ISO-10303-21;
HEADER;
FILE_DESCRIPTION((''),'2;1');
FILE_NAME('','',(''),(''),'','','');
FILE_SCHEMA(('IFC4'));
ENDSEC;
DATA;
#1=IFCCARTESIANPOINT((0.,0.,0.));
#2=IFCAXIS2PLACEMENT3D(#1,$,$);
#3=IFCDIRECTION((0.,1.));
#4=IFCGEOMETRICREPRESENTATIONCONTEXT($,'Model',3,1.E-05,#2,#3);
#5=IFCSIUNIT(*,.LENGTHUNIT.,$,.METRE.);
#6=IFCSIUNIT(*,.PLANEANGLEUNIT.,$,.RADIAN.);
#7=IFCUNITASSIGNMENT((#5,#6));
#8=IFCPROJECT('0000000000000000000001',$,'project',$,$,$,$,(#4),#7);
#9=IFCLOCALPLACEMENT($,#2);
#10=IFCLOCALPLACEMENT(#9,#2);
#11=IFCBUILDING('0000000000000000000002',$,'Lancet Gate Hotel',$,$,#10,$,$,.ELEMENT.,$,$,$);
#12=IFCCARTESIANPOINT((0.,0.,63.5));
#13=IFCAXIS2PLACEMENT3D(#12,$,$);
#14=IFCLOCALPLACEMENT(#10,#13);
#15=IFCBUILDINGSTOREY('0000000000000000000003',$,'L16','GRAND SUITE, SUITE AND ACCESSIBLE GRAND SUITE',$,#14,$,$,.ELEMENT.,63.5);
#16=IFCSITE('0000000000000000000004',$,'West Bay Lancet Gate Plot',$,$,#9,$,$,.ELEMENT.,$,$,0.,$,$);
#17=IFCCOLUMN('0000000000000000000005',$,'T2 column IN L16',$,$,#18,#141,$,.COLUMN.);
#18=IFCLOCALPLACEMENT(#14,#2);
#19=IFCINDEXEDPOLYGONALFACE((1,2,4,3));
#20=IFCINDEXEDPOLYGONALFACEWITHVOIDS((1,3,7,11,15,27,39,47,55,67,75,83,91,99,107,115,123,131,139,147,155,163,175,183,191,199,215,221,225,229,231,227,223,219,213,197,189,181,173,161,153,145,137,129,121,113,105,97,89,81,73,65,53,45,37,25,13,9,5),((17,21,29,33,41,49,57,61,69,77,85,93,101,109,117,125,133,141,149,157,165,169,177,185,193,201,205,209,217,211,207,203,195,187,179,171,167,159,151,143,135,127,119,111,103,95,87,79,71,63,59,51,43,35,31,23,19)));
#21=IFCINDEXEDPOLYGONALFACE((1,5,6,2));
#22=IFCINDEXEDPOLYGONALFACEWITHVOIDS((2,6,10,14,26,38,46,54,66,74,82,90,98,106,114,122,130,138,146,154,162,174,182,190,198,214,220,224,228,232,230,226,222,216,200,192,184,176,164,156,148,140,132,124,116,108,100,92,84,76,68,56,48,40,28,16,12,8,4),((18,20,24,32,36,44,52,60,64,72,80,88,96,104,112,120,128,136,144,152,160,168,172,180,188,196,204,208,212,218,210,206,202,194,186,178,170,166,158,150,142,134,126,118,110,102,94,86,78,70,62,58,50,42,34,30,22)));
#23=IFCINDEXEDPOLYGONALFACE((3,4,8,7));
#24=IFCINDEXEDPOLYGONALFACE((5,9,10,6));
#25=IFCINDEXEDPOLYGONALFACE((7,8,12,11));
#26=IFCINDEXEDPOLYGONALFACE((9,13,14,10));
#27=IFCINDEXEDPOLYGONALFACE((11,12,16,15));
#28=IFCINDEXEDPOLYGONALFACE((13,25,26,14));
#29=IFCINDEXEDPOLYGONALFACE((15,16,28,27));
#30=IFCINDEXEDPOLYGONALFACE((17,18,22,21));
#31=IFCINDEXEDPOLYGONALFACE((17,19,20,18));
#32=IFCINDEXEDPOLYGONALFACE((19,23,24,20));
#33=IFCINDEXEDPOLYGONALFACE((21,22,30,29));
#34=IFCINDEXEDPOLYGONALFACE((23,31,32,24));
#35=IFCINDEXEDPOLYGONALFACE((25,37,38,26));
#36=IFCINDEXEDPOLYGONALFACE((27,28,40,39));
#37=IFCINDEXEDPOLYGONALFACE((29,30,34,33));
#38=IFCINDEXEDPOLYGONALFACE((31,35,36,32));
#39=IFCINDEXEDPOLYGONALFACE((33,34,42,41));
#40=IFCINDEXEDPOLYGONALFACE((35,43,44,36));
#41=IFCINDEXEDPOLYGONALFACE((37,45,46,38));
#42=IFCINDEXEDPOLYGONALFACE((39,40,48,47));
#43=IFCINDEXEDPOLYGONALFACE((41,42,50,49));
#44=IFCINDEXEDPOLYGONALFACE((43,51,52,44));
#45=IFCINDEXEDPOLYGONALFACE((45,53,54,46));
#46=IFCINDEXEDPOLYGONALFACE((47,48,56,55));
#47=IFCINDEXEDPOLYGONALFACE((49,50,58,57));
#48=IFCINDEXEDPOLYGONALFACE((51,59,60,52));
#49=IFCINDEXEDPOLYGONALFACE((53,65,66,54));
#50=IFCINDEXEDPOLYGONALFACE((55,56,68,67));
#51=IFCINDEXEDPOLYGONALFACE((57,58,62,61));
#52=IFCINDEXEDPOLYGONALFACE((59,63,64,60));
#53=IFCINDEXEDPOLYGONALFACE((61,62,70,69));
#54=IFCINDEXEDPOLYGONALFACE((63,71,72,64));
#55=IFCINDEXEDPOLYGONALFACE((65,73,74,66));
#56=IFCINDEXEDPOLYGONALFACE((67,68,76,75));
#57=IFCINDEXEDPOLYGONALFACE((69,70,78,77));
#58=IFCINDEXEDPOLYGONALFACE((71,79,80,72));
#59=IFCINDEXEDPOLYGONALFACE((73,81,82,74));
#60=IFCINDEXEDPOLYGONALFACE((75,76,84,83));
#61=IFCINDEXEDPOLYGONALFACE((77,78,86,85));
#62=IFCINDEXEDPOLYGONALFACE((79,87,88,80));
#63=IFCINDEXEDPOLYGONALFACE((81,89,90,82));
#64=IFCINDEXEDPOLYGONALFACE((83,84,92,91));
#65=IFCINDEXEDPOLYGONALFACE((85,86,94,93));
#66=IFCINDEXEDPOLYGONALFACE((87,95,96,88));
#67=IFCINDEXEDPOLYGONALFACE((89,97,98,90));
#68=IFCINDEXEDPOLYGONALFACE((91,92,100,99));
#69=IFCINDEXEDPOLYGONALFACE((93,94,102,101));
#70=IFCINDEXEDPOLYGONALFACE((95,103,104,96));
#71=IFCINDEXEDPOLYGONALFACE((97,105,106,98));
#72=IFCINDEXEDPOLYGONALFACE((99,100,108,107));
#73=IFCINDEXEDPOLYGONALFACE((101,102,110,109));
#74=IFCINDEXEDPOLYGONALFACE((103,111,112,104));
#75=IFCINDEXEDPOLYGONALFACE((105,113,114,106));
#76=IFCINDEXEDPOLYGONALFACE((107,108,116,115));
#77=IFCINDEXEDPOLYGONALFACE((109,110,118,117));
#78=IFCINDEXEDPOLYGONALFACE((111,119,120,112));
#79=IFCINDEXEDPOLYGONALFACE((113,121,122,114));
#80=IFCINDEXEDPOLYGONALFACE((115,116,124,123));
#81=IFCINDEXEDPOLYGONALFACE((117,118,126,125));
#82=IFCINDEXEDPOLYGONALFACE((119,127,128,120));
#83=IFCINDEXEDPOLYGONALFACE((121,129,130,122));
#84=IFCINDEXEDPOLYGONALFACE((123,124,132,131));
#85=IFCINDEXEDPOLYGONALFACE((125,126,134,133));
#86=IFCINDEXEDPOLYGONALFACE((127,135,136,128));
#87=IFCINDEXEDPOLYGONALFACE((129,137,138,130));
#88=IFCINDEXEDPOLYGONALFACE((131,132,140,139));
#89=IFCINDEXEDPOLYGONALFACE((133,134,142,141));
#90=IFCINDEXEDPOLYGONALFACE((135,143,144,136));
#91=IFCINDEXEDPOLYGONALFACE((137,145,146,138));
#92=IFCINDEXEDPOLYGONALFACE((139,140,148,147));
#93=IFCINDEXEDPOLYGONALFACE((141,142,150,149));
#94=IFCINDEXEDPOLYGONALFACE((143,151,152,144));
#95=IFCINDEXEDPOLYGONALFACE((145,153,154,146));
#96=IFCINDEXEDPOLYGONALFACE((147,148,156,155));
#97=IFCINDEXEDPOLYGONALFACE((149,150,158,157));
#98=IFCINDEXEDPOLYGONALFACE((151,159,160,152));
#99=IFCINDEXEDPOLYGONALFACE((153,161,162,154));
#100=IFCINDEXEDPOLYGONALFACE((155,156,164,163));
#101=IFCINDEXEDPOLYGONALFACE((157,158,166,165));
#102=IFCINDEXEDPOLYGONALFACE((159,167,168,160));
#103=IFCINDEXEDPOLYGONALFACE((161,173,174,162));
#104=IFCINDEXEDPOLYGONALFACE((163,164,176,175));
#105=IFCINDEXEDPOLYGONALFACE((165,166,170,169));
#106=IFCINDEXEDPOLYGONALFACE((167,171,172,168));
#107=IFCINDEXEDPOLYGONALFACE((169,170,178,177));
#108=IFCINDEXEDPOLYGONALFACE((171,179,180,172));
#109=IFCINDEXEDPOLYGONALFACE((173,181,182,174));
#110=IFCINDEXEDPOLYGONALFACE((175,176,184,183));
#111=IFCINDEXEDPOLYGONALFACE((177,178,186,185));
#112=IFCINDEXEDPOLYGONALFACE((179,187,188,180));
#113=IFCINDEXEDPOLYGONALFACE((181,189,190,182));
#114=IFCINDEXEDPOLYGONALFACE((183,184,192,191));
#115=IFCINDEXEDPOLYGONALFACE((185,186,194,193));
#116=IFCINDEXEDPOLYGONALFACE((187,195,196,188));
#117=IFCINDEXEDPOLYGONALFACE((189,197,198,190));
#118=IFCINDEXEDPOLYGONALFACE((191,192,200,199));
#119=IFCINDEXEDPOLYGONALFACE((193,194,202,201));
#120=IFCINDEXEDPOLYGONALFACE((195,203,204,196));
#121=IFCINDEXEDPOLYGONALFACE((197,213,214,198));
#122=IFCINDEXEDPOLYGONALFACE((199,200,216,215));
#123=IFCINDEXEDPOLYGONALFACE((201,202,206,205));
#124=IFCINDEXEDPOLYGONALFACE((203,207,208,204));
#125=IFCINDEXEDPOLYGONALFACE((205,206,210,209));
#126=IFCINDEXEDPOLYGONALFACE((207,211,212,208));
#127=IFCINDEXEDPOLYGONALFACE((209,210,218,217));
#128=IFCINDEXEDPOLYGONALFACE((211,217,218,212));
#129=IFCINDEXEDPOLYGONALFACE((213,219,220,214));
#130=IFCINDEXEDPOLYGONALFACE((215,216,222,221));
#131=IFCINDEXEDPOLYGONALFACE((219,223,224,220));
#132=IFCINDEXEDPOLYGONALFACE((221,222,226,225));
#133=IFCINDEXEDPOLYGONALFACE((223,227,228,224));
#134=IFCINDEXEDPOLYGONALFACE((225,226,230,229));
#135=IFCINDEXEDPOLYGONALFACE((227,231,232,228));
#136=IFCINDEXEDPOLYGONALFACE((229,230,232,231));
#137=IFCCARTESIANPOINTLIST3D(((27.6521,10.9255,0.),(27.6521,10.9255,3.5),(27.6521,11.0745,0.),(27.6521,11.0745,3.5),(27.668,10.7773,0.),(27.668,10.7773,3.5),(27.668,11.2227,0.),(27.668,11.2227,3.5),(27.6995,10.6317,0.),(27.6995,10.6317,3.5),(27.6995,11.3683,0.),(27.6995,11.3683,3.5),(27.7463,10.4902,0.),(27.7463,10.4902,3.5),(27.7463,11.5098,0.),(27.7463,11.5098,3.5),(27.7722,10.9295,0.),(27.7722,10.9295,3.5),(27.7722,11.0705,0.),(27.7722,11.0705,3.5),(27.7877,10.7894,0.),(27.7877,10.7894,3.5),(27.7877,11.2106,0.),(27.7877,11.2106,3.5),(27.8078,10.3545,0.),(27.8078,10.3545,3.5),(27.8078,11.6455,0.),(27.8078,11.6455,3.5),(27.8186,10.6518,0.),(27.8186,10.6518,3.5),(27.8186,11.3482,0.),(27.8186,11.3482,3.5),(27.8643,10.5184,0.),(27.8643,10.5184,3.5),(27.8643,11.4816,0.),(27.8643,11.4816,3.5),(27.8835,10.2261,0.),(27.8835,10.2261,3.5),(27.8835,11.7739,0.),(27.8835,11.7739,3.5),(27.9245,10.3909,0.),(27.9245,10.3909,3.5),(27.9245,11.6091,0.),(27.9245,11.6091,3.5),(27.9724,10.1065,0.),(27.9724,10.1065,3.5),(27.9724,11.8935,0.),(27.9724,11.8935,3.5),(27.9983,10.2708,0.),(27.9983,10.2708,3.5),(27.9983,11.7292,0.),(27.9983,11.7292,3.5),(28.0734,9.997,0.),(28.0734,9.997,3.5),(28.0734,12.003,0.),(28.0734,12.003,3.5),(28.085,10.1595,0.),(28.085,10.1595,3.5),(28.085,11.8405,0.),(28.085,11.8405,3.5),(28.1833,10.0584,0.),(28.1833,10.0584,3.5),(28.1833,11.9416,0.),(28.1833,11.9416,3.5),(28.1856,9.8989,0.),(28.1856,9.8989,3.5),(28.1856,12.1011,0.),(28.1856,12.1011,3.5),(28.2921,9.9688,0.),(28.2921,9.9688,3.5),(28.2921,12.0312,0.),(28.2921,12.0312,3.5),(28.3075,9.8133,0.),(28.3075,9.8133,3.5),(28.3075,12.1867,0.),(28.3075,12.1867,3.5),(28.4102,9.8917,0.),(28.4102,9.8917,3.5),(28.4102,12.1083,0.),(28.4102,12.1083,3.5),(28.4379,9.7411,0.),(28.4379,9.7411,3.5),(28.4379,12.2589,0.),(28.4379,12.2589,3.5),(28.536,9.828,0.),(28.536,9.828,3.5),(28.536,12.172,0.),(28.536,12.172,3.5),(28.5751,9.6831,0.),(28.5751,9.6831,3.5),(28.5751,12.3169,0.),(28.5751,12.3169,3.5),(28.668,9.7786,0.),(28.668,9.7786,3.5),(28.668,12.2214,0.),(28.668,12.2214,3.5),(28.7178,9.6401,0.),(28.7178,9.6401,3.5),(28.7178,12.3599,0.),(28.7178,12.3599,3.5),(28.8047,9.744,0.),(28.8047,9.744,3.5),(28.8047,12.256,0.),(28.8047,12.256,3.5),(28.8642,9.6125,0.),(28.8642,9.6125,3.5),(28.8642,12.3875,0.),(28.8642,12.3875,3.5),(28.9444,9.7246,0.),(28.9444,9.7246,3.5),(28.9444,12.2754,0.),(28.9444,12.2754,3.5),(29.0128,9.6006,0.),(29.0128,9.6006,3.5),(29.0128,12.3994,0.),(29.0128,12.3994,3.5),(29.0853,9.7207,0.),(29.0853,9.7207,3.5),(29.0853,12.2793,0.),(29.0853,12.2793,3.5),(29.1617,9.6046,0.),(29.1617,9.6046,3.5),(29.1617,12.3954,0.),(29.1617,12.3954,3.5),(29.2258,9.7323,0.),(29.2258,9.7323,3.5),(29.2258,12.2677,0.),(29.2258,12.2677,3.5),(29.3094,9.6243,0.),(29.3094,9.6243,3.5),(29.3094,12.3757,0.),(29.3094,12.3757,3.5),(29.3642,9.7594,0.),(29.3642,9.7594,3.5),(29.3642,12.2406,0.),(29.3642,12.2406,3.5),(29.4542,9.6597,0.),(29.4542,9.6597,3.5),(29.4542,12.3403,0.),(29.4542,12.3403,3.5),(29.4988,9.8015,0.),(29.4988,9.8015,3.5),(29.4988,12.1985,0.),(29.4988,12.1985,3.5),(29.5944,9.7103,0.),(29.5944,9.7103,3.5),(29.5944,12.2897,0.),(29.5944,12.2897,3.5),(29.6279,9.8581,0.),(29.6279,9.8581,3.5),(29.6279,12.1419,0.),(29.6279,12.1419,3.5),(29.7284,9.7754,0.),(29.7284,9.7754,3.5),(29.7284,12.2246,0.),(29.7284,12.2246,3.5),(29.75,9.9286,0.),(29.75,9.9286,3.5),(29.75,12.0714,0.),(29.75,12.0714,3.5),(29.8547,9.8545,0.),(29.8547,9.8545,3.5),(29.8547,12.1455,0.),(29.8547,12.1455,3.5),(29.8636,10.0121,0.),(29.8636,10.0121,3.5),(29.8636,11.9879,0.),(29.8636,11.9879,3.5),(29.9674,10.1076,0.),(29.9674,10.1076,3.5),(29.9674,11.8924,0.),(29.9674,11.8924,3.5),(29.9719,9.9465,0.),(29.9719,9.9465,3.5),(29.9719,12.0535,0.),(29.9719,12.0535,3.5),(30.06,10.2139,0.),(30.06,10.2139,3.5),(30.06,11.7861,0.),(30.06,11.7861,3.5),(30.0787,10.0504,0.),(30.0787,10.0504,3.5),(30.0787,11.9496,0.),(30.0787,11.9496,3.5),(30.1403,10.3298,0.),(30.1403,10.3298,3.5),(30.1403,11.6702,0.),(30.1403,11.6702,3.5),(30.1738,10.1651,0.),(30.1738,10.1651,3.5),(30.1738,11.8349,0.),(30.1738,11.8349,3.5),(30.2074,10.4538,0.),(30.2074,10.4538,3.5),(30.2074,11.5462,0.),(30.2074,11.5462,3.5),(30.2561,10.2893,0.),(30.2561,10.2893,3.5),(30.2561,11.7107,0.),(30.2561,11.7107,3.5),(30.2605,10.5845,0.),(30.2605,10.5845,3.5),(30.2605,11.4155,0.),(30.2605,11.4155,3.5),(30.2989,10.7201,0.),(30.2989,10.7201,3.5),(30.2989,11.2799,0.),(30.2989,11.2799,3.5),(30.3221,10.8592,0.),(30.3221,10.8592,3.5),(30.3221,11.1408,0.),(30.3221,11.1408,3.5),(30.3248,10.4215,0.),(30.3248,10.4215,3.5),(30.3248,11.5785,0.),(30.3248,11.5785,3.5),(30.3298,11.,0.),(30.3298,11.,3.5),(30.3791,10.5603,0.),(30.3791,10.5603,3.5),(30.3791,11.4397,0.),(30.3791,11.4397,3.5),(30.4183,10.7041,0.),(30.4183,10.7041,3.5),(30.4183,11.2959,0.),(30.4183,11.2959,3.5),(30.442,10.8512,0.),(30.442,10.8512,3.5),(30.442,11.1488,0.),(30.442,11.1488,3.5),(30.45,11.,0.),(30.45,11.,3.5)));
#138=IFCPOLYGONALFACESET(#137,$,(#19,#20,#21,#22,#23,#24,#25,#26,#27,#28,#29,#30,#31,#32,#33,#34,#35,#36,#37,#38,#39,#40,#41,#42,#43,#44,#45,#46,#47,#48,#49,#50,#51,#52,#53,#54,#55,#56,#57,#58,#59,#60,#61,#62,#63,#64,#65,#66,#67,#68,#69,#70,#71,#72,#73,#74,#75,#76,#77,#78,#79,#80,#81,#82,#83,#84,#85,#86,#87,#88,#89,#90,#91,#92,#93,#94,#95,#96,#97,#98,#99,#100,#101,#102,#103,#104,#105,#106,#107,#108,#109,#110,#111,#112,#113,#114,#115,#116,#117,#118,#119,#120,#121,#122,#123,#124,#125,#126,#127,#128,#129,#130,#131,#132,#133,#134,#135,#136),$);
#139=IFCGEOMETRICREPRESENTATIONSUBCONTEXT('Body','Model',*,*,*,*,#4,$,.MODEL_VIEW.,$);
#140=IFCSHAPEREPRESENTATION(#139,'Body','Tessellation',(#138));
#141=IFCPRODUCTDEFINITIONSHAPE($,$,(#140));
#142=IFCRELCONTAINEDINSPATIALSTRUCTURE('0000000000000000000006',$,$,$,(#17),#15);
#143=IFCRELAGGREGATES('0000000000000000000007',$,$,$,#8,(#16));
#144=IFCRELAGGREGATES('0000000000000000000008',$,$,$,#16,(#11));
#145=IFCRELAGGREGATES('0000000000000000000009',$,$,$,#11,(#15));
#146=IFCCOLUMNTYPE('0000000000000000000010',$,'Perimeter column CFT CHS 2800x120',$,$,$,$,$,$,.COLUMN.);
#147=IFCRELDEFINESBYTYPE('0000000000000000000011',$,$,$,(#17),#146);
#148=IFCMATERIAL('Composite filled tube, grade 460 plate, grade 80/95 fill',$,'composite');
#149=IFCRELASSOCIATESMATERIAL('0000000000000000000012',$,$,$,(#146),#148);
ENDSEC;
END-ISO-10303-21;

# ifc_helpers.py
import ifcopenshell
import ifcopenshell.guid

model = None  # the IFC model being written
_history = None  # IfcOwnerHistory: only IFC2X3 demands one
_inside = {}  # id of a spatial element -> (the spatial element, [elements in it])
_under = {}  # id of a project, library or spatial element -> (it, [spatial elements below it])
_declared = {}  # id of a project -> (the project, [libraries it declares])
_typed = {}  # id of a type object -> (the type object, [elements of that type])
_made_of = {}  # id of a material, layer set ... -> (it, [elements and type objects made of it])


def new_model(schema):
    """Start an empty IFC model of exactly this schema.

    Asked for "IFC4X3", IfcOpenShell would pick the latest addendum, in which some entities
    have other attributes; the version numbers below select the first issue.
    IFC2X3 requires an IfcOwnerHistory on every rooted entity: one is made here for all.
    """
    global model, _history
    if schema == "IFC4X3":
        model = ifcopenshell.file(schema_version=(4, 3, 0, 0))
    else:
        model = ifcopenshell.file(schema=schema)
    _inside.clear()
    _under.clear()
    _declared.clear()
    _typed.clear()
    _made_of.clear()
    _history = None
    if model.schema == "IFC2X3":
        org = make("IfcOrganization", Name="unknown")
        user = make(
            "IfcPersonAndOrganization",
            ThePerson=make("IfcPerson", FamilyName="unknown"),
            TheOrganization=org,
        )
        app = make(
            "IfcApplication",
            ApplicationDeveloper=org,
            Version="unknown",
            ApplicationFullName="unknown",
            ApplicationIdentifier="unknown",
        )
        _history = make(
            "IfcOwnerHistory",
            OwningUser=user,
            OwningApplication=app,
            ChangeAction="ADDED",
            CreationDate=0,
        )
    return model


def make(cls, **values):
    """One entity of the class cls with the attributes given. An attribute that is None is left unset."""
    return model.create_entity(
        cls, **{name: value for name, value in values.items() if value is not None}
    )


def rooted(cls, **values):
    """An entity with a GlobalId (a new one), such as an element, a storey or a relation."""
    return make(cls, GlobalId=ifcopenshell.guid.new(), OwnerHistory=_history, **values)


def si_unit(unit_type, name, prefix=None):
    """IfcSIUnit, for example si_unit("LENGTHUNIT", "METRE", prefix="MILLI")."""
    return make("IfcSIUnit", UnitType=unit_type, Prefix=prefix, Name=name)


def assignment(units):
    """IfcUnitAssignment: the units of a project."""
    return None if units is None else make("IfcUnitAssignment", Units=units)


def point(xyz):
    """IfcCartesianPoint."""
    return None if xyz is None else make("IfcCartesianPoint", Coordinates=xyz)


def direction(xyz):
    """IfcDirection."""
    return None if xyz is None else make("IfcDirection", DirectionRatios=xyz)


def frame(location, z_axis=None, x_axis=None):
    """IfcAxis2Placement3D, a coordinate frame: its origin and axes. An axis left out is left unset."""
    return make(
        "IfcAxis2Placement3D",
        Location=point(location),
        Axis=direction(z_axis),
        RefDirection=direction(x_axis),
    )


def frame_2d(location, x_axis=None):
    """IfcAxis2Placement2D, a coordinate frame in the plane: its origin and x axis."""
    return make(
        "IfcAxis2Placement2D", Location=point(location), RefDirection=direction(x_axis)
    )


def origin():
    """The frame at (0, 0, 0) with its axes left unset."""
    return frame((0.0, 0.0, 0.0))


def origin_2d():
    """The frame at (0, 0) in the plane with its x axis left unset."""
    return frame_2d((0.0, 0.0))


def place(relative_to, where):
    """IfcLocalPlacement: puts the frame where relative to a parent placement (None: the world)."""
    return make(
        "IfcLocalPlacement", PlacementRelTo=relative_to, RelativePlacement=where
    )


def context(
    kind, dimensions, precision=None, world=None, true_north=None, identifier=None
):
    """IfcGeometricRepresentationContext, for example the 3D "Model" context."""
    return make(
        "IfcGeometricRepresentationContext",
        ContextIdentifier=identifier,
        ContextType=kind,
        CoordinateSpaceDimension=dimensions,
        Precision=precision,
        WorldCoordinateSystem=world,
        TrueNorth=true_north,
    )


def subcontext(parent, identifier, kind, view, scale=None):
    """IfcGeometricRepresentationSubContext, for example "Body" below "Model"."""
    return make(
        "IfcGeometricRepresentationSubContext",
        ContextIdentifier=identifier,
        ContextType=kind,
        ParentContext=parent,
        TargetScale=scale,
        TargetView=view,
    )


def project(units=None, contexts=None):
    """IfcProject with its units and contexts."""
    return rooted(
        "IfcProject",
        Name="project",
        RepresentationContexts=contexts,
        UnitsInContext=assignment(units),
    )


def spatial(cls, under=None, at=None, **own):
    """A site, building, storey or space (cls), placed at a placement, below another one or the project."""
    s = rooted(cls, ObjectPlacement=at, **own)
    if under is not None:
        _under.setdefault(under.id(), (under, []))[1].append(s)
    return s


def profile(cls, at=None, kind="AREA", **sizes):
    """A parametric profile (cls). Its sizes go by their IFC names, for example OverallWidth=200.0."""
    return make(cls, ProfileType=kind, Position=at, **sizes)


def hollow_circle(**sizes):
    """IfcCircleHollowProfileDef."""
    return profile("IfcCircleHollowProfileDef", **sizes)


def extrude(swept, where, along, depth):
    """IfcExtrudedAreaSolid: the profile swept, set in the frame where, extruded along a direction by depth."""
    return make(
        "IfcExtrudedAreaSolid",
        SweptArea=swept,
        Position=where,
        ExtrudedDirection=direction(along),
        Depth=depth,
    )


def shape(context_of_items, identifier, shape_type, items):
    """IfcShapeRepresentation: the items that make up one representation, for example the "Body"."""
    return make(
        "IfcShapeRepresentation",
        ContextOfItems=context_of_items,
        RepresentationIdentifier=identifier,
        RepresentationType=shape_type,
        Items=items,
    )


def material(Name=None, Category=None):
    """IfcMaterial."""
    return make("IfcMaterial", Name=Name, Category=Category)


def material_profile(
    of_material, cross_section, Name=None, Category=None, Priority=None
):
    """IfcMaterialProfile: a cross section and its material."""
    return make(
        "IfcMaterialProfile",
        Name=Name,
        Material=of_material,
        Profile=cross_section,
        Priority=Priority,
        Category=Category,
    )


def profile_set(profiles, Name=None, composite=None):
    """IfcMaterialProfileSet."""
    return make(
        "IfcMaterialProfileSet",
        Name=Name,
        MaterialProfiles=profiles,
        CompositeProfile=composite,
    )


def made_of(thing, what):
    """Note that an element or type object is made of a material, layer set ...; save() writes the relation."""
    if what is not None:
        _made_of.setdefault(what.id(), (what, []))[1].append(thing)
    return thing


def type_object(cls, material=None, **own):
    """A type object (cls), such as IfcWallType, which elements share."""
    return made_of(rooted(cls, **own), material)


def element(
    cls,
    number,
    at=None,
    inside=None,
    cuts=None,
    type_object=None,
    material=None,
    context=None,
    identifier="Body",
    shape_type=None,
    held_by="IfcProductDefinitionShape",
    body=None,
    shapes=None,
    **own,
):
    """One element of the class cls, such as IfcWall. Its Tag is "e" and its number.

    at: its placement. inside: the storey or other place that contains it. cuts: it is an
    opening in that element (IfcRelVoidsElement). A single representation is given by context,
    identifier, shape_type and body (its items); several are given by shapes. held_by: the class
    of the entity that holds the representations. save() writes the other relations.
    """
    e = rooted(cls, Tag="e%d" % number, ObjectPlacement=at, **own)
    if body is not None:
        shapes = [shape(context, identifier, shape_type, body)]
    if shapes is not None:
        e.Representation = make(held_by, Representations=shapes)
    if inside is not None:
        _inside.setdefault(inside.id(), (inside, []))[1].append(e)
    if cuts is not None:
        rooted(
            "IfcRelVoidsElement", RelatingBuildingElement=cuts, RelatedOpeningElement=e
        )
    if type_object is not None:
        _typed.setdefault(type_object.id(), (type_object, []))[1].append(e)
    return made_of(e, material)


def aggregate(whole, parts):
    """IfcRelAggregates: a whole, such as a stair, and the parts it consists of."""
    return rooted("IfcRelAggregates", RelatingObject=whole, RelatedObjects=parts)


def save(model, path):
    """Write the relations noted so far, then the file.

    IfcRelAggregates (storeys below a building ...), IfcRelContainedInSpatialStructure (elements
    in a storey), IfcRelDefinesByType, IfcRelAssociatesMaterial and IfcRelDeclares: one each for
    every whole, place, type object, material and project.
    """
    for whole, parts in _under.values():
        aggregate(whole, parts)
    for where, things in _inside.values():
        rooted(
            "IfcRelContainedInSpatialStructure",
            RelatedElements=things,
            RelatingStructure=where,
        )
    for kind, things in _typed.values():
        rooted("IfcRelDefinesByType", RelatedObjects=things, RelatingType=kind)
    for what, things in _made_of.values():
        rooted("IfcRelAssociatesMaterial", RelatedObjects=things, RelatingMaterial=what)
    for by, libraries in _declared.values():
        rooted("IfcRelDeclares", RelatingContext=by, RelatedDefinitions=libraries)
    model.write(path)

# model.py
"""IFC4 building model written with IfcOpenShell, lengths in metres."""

from ifc_helpers import new_model, si_unit, direction, frame, origin, origin_2d, place, context, subcontext, project, spatial, hollow_circle, extrude, material, material_profile, profile_set, type_object, element, save


model = new_model("IFC4")

# Units and contexts
model_context = context("Model", 3, precision=1e-05, world=origin(), true_north=direction((0.0, 1.0)))
body_context = subcontext(model_context, "Body", "Model", "MODEL_VIEW")
ifc_project = project(units=[si_unit("LENGTHUNIT", "METRE"), si_unit("PLANEANGLEUNIT", "RADIAN")], contexts=[model_context])

# Site, building, storey
site_placement = place(None, origin())
site = spatial("IfcSite", under=ifc_project, at=site_placement, Name="West Bay Lancet Gate Plot", CompositionType="ELEMENT", RefElevation=0.0)
building_placement = place(site_placement, origin())
building = spatial("IfcBuilding", under=site, at=building_placement, Name="Lancet Gate Hotel", CompositionType="ELEMENT")
storey_placement = place(building_placement, frame((0.0, 0.0, 63.5)))
storey = spatial("IfcBuildingStorey", under=building, at=storey_placement, Name="L16", Description="GRAND SUITE, SUITE AND ACCESSIBLE GRAND SUITE", CompositionType="ELEMENT", Elevation=63.5)

# Column
ifc_material_1 = material(Name="Composite filled tube, grade 460 plate, grade 80/95 fill", Category="composite")
ifc_material_profile_1 = material_profile(ifc_material_1, hollow_circle(Radius=1.3999, WallThickness=0.1201, at=origin_2d()), Name="CHS 2800x120")
ifc_profile_set_1 = profile_set([ifc_material_profile_1], Name="Composite filled tube, grade 460 plate, grade 80/95 fill")
column_type = type_object("IfcColumnType", Name="Perimeter column CFT CHS 2800x120", PredefinedType="COLUMN", material=ifc_profile_set_1)
for number, where, z_axis, x_axis, name in (
    (1, (29.05, 11.0, 0.0), (0.0, 0.0, 1.0), (1.0, 0.0, 0.0), "T2 column IN L16"),
):
    element("IfcColumn", number, at=place(storey_placement, frame(where, z_axis=z_axis, x_axis=x_axis)), inside=storey, type_object=column_type, Name=name, PredefinedType="COLUMN", context=body_context, shape_type="SweptSolid", body=[
        extrude(hollow_circle(Radius=1.3999, WallThickness=0.1201, at=origin_2d()), origin(), (0.0, 0.0, 1.0), 3.5),
    ])

save(model, "model.ifc")
